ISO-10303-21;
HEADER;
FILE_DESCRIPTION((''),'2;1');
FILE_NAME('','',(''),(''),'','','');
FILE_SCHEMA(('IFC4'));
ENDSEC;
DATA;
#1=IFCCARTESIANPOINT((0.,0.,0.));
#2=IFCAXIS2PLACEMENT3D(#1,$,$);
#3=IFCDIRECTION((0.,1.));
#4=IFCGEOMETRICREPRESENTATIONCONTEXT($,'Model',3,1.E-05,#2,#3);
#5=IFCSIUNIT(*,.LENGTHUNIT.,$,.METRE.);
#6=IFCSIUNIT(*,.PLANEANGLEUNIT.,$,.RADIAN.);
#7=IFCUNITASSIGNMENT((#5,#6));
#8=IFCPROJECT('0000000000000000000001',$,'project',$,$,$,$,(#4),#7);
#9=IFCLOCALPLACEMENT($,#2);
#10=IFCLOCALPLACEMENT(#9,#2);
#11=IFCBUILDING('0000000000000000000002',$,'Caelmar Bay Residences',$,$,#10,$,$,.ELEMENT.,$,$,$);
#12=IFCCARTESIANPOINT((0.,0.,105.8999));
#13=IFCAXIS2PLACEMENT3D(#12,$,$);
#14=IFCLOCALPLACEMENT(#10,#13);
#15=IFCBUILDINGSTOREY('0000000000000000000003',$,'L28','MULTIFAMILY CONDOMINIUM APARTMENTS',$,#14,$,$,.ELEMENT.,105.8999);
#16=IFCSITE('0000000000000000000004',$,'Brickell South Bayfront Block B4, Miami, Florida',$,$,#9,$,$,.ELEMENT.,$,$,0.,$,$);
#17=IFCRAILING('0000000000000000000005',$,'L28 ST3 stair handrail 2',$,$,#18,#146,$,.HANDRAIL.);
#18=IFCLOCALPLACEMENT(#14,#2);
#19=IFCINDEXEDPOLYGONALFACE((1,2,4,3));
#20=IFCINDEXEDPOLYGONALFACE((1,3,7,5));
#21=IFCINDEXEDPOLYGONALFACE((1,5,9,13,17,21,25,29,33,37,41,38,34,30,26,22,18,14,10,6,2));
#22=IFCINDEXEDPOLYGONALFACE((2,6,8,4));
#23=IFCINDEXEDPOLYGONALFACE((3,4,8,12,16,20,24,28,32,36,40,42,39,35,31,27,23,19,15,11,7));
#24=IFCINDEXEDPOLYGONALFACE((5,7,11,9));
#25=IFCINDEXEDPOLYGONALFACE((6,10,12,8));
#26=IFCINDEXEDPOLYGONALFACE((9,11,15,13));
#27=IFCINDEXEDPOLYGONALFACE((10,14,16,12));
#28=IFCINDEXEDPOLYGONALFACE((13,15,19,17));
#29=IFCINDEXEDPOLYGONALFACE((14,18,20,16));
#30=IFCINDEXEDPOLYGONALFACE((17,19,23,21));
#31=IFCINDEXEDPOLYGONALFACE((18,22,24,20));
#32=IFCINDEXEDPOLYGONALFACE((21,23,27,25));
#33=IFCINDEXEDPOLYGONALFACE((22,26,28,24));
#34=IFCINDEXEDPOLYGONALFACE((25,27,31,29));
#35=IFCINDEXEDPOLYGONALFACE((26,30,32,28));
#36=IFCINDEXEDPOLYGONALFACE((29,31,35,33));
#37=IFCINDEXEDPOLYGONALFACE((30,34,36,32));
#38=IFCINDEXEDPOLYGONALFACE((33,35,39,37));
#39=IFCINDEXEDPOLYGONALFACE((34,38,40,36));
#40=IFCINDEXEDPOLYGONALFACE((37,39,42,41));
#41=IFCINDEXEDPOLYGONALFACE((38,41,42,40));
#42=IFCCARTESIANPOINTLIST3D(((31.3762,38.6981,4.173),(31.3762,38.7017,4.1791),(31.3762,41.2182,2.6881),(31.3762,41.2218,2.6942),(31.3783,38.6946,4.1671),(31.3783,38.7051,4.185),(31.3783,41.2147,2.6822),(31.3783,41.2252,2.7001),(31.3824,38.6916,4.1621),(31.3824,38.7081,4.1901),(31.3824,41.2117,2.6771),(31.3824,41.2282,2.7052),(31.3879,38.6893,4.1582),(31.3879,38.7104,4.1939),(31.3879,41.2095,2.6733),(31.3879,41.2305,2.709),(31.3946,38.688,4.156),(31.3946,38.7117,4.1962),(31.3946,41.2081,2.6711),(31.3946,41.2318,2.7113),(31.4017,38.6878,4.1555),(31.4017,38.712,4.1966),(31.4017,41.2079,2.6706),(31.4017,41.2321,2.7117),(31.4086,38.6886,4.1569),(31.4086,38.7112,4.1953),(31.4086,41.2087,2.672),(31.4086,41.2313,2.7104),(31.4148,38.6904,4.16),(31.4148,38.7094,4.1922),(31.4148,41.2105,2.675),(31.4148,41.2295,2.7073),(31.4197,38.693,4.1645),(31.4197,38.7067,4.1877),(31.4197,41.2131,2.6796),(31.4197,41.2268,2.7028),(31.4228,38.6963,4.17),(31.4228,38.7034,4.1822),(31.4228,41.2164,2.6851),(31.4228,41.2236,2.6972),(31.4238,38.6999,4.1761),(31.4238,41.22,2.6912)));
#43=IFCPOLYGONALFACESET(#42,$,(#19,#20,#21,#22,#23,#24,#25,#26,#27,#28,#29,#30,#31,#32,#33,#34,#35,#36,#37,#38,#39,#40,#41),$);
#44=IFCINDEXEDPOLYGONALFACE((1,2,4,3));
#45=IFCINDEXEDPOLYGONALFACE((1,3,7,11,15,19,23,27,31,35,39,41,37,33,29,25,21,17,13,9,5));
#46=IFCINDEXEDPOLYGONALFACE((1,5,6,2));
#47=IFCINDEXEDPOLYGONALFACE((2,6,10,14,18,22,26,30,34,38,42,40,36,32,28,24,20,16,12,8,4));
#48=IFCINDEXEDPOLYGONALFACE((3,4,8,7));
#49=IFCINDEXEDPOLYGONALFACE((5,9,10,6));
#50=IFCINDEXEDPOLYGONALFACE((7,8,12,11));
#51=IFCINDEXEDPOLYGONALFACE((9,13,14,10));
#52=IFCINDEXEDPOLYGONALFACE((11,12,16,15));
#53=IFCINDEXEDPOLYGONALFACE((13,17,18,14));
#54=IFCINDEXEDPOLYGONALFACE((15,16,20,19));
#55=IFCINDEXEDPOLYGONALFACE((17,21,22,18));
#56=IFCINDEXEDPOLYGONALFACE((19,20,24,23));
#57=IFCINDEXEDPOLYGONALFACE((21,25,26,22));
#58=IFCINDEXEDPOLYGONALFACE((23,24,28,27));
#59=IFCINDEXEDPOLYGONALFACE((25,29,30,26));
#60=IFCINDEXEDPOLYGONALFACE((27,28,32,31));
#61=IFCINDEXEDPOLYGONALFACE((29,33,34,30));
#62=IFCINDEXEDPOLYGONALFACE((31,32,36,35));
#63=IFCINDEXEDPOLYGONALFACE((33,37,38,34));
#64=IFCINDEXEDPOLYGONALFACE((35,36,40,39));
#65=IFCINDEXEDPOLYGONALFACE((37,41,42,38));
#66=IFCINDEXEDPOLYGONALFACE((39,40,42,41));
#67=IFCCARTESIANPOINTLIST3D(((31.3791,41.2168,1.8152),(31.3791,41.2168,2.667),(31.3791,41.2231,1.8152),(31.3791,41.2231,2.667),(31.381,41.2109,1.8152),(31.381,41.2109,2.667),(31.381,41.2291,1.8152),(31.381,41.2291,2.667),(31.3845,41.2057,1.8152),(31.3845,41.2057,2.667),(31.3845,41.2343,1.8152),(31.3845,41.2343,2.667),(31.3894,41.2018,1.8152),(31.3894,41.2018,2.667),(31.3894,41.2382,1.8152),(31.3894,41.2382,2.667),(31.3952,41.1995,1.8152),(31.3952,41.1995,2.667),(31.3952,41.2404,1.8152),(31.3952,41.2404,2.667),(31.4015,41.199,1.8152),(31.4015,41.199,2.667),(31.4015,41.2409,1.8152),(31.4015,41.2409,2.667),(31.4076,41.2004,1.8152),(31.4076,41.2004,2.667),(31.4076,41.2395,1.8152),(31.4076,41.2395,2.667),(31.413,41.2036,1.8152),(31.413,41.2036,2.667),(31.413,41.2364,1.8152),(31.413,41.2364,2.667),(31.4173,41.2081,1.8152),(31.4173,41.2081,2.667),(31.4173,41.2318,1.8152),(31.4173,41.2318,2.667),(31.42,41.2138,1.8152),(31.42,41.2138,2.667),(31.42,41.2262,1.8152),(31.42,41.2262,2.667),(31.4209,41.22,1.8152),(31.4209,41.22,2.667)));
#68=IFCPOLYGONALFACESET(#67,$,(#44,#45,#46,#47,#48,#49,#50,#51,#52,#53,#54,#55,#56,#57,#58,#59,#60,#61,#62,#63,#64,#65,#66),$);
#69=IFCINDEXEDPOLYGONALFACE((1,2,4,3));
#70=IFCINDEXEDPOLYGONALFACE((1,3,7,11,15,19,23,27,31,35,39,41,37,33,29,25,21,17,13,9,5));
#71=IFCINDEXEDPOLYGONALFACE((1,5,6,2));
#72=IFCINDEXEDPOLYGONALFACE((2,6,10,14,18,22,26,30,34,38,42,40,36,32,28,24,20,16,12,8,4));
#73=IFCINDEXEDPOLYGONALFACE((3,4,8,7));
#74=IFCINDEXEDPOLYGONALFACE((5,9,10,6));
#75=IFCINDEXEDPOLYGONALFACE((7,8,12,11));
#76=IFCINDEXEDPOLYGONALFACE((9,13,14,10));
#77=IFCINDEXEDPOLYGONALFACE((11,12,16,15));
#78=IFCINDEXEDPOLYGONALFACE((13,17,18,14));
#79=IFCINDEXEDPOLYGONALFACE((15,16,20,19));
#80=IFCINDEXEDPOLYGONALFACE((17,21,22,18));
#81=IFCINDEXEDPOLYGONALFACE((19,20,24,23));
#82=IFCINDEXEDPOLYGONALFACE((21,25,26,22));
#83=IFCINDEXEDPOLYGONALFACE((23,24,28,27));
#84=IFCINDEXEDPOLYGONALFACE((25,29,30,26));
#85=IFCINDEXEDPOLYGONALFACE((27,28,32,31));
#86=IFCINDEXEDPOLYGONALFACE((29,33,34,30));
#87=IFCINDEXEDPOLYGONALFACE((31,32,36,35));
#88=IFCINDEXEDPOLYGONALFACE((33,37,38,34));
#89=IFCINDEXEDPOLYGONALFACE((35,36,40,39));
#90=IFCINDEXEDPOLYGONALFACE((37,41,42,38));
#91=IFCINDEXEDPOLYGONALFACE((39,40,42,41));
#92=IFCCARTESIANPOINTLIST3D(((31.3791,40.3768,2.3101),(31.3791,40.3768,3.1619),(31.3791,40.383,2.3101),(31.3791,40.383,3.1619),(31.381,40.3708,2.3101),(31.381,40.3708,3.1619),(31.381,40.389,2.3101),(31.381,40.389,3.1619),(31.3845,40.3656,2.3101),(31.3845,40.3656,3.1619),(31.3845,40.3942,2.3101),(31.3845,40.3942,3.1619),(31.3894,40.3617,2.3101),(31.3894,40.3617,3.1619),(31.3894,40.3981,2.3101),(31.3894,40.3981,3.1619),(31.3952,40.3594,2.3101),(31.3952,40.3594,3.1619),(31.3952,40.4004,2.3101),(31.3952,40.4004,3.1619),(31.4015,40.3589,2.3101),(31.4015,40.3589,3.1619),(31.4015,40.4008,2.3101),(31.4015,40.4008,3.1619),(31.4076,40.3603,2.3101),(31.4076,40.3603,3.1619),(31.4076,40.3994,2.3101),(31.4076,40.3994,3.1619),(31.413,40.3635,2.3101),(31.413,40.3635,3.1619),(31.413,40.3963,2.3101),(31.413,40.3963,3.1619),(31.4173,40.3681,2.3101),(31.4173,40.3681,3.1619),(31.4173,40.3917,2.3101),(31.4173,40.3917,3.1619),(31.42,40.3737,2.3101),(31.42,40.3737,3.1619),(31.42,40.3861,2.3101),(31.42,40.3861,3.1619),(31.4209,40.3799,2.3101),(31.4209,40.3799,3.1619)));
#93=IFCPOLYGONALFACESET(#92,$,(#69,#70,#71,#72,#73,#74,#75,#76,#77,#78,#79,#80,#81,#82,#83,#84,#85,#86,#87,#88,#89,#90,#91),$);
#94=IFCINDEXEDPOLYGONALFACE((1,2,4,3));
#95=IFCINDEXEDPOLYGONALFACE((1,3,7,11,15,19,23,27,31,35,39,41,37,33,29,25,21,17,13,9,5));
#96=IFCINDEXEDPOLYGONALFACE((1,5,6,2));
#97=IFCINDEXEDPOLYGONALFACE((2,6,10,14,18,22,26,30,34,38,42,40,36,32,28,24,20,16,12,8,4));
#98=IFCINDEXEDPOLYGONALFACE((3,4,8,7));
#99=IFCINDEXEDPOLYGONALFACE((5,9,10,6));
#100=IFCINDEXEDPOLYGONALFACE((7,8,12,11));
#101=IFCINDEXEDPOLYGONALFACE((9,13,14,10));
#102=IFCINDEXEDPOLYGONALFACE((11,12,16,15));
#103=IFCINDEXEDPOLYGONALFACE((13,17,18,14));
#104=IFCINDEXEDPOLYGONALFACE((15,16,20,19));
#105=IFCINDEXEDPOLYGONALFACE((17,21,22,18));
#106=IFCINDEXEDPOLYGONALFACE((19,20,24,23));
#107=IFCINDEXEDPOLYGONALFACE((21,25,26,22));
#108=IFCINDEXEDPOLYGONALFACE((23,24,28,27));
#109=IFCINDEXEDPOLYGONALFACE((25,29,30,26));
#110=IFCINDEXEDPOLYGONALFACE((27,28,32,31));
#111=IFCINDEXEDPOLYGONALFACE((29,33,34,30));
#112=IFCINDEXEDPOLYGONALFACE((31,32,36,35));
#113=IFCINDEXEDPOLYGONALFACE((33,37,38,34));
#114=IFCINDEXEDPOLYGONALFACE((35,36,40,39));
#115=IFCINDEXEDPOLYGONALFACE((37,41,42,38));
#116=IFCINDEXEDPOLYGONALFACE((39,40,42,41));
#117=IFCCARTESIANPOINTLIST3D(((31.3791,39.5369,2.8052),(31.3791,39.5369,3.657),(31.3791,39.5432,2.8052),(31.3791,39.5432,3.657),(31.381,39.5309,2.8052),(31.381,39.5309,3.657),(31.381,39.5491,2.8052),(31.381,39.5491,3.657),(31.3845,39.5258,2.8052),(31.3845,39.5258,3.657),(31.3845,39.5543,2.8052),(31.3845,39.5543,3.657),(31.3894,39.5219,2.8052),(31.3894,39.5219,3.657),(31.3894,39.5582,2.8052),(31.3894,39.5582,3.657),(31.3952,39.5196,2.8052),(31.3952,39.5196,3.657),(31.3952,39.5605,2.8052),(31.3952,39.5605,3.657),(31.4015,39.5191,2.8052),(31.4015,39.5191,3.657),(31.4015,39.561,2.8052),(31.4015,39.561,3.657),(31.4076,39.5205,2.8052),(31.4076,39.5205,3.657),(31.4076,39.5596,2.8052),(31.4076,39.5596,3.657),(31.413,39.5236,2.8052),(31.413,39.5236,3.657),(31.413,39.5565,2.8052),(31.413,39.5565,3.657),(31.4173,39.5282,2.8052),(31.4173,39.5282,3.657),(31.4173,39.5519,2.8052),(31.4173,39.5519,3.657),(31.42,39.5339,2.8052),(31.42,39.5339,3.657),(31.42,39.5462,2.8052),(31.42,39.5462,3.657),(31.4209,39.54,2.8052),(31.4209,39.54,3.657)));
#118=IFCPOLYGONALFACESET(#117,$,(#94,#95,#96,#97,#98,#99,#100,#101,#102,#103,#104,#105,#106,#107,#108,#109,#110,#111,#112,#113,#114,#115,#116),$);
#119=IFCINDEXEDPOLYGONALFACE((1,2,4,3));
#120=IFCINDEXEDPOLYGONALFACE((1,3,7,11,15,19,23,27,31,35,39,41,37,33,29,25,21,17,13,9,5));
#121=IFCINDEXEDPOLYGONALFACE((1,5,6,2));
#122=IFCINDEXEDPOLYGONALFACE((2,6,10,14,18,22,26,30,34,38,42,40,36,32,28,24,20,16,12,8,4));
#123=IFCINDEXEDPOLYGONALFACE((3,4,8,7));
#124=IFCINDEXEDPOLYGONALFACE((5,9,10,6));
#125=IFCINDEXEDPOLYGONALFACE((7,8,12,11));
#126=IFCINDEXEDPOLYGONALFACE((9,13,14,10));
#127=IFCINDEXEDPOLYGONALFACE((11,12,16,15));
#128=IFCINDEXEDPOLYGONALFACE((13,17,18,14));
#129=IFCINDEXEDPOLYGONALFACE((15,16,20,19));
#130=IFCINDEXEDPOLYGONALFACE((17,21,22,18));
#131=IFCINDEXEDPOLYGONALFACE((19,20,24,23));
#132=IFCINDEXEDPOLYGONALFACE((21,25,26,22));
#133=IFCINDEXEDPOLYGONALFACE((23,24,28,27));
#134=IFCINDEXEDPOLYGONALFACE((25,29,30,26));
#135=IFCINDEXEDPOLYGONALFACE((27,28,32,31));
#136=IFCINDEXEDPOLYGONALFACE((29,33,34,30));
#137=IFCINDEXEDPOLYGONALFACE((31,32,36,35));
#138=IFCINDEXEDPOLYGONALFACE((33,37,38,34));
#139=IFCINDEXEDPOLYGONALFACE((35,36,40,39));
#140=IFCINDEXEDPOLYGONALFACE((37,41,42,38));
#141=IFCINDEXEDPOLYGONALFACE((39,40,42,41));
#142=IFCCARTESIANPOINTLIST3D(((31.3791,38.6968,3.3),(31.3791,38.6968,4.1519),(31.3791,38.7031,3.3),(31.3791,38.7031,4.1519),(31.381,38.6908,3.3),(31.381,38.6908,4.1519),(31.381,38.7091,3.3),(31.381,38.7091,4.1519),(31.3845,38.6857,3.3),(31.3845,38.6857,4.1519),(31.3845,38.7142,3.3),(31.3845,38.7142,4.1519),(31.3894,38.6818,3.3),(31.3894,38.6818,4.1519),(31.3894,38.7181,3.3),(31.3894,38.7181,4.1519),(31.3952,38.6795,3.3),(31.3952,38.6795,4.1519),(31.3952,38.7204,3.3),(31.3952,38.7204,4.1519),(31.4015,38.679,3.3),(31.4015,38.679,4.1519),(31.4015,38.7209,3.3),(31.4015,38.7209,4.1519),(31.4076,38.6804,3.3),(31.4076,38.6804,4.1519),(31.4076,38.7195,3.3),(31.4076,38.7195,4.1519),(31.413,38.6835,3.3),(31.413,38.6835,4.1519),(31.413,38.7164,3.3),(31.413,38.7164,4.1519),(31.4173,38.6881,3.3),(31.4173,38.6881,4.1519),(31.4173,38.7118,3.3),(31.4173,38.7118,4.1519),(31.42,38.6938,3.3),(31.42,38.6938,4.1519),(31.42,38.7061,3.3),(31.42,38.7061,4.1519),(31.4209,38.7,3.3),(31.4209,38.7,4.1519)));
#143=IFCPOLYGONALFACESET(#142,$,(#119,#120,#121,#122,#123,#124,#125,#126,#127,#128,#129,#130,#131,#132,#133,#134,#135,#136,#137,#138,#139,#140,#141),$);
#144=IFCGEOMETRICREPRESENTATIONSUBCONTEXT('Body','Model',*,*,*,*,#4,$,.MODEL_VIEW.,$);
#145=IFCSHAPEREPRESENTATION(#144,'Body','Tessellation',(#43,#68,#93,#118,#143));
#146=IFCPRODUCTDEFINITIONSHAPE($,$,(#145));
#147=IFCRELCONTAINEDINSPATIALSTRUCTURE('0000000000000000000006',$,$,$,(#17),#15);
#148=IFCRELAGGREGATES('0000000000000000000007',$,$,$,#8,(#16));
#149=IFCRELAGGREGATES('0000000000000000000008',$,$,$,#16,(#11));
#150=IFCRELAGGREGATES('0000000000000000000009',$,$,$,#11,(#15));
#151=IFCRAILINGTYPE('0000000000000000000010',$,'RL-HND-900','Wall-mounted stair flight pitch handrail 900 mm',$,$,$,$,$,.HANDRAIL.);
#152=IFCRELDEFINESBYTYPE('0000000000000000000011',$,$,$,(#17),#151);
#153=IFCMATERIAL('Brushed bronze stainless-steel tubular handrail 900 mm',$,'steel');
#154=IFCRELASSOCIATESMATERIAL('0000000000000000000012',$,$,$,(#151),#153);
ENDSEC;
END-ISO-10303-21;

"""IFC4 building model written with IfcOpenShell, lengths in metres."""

from ifc_helpers import new_model, si_unit, direction, frame, origin, origin_2d, place, context, subcontext, project, spatial, circle, extrude, material, type_object, element, save


model = new_model("IFC4")

# Units and contexts
model_context = context("Model", 3, precision=1e-05, world=origin(), true_north=direction((0.0, 1.0)))
body_context = subcontext(model_context, "Body", "Model", "MODEL_VIEW")
ifc_project = project(units=[si_unit("LENGTHUNIT", "METRE"), si_unit("PLANEANGLEUNIT", "RADIAN")], contexts=[model_context])

# Site, building, storey
site_placement = place(None, origin())
site = spatial("IfcSite", under=ifc_project, at=site_placement, Name="Brickell South Bayfront Block B4, Miami, Florida", CompositionType="ELEMENT", RefElevation=0.0)
building_placement = place(site_placement, origin())
building = spatial("IfcBuilding", under=site, at=building_placement, Name="Caelmar Bay Residences", CompositionType="ELEMENT")
storey_placement = place(building_placement, frame((0.0, 0.0, 105.8999)))
storey = spatial("IfcBuildingStorey", under=building, at=storey_placement, Name="L28", Description="MULTIFAMILY CONDOMINIUM APARTMENTS", CompositionType="ELEMENT", Elevation=105.8999)

# Railing
ifc_material_1 = material(Name="Brushed bronze stainless-steel tubular handrail 900 mm", Category="steel")
railing_type_1 = type_object("IfcRailingType", Name="RL-HND-900", Description="Wall-mounted stair flight pitch handrail 900 mm", PredefinedType="HANDRAIL", material=ifc_material_1)
railing_1_placement = place(storey_placement, frame((31.3999, 41.22, 1.8152)))
element("IfcRailing", 1, at=railing_1_placement, inside=storey, type_object=railing_type_1, Name="L28 ST3 stair handrail 2", PredefinedType="HANDRAIL", context=body_context, shape_type="SweptSolid", body=[
    extrude(circle(Radius=0.0239, at=origin_2d()), frame((0.0, 0.0, 0.876), z_axis=(0.0, -0.861561, 0.507655), x_axis=(1.0, 0.0, 0.0)), (0.0, 0.0, 1.0), 2.925),
    extrude(circle(Radius=0.021, at=origin_2d()), origin(), (0.0, 0.0, 1.0), 0.8518),
    extrude(circle(Radius=0.021, at=origin_2d()), frame((0.0, -0.8401, 0.4949)), (0.0, 0.0, 1.0), 0.8518),
    extrude(circle(Radius=0.021, at=origin_2d()), frame((0.0, -1.6799, 0.99)), (0.0, 0.0, 1.0), 0.8518),
    extrude(circle(Radius=0.021, at=origin_2d()), frame((0.0, -2.52, 1.4849)), (0.0, 0.0, 1.0), 0.8518),
])

save(model, "model.ifc")
